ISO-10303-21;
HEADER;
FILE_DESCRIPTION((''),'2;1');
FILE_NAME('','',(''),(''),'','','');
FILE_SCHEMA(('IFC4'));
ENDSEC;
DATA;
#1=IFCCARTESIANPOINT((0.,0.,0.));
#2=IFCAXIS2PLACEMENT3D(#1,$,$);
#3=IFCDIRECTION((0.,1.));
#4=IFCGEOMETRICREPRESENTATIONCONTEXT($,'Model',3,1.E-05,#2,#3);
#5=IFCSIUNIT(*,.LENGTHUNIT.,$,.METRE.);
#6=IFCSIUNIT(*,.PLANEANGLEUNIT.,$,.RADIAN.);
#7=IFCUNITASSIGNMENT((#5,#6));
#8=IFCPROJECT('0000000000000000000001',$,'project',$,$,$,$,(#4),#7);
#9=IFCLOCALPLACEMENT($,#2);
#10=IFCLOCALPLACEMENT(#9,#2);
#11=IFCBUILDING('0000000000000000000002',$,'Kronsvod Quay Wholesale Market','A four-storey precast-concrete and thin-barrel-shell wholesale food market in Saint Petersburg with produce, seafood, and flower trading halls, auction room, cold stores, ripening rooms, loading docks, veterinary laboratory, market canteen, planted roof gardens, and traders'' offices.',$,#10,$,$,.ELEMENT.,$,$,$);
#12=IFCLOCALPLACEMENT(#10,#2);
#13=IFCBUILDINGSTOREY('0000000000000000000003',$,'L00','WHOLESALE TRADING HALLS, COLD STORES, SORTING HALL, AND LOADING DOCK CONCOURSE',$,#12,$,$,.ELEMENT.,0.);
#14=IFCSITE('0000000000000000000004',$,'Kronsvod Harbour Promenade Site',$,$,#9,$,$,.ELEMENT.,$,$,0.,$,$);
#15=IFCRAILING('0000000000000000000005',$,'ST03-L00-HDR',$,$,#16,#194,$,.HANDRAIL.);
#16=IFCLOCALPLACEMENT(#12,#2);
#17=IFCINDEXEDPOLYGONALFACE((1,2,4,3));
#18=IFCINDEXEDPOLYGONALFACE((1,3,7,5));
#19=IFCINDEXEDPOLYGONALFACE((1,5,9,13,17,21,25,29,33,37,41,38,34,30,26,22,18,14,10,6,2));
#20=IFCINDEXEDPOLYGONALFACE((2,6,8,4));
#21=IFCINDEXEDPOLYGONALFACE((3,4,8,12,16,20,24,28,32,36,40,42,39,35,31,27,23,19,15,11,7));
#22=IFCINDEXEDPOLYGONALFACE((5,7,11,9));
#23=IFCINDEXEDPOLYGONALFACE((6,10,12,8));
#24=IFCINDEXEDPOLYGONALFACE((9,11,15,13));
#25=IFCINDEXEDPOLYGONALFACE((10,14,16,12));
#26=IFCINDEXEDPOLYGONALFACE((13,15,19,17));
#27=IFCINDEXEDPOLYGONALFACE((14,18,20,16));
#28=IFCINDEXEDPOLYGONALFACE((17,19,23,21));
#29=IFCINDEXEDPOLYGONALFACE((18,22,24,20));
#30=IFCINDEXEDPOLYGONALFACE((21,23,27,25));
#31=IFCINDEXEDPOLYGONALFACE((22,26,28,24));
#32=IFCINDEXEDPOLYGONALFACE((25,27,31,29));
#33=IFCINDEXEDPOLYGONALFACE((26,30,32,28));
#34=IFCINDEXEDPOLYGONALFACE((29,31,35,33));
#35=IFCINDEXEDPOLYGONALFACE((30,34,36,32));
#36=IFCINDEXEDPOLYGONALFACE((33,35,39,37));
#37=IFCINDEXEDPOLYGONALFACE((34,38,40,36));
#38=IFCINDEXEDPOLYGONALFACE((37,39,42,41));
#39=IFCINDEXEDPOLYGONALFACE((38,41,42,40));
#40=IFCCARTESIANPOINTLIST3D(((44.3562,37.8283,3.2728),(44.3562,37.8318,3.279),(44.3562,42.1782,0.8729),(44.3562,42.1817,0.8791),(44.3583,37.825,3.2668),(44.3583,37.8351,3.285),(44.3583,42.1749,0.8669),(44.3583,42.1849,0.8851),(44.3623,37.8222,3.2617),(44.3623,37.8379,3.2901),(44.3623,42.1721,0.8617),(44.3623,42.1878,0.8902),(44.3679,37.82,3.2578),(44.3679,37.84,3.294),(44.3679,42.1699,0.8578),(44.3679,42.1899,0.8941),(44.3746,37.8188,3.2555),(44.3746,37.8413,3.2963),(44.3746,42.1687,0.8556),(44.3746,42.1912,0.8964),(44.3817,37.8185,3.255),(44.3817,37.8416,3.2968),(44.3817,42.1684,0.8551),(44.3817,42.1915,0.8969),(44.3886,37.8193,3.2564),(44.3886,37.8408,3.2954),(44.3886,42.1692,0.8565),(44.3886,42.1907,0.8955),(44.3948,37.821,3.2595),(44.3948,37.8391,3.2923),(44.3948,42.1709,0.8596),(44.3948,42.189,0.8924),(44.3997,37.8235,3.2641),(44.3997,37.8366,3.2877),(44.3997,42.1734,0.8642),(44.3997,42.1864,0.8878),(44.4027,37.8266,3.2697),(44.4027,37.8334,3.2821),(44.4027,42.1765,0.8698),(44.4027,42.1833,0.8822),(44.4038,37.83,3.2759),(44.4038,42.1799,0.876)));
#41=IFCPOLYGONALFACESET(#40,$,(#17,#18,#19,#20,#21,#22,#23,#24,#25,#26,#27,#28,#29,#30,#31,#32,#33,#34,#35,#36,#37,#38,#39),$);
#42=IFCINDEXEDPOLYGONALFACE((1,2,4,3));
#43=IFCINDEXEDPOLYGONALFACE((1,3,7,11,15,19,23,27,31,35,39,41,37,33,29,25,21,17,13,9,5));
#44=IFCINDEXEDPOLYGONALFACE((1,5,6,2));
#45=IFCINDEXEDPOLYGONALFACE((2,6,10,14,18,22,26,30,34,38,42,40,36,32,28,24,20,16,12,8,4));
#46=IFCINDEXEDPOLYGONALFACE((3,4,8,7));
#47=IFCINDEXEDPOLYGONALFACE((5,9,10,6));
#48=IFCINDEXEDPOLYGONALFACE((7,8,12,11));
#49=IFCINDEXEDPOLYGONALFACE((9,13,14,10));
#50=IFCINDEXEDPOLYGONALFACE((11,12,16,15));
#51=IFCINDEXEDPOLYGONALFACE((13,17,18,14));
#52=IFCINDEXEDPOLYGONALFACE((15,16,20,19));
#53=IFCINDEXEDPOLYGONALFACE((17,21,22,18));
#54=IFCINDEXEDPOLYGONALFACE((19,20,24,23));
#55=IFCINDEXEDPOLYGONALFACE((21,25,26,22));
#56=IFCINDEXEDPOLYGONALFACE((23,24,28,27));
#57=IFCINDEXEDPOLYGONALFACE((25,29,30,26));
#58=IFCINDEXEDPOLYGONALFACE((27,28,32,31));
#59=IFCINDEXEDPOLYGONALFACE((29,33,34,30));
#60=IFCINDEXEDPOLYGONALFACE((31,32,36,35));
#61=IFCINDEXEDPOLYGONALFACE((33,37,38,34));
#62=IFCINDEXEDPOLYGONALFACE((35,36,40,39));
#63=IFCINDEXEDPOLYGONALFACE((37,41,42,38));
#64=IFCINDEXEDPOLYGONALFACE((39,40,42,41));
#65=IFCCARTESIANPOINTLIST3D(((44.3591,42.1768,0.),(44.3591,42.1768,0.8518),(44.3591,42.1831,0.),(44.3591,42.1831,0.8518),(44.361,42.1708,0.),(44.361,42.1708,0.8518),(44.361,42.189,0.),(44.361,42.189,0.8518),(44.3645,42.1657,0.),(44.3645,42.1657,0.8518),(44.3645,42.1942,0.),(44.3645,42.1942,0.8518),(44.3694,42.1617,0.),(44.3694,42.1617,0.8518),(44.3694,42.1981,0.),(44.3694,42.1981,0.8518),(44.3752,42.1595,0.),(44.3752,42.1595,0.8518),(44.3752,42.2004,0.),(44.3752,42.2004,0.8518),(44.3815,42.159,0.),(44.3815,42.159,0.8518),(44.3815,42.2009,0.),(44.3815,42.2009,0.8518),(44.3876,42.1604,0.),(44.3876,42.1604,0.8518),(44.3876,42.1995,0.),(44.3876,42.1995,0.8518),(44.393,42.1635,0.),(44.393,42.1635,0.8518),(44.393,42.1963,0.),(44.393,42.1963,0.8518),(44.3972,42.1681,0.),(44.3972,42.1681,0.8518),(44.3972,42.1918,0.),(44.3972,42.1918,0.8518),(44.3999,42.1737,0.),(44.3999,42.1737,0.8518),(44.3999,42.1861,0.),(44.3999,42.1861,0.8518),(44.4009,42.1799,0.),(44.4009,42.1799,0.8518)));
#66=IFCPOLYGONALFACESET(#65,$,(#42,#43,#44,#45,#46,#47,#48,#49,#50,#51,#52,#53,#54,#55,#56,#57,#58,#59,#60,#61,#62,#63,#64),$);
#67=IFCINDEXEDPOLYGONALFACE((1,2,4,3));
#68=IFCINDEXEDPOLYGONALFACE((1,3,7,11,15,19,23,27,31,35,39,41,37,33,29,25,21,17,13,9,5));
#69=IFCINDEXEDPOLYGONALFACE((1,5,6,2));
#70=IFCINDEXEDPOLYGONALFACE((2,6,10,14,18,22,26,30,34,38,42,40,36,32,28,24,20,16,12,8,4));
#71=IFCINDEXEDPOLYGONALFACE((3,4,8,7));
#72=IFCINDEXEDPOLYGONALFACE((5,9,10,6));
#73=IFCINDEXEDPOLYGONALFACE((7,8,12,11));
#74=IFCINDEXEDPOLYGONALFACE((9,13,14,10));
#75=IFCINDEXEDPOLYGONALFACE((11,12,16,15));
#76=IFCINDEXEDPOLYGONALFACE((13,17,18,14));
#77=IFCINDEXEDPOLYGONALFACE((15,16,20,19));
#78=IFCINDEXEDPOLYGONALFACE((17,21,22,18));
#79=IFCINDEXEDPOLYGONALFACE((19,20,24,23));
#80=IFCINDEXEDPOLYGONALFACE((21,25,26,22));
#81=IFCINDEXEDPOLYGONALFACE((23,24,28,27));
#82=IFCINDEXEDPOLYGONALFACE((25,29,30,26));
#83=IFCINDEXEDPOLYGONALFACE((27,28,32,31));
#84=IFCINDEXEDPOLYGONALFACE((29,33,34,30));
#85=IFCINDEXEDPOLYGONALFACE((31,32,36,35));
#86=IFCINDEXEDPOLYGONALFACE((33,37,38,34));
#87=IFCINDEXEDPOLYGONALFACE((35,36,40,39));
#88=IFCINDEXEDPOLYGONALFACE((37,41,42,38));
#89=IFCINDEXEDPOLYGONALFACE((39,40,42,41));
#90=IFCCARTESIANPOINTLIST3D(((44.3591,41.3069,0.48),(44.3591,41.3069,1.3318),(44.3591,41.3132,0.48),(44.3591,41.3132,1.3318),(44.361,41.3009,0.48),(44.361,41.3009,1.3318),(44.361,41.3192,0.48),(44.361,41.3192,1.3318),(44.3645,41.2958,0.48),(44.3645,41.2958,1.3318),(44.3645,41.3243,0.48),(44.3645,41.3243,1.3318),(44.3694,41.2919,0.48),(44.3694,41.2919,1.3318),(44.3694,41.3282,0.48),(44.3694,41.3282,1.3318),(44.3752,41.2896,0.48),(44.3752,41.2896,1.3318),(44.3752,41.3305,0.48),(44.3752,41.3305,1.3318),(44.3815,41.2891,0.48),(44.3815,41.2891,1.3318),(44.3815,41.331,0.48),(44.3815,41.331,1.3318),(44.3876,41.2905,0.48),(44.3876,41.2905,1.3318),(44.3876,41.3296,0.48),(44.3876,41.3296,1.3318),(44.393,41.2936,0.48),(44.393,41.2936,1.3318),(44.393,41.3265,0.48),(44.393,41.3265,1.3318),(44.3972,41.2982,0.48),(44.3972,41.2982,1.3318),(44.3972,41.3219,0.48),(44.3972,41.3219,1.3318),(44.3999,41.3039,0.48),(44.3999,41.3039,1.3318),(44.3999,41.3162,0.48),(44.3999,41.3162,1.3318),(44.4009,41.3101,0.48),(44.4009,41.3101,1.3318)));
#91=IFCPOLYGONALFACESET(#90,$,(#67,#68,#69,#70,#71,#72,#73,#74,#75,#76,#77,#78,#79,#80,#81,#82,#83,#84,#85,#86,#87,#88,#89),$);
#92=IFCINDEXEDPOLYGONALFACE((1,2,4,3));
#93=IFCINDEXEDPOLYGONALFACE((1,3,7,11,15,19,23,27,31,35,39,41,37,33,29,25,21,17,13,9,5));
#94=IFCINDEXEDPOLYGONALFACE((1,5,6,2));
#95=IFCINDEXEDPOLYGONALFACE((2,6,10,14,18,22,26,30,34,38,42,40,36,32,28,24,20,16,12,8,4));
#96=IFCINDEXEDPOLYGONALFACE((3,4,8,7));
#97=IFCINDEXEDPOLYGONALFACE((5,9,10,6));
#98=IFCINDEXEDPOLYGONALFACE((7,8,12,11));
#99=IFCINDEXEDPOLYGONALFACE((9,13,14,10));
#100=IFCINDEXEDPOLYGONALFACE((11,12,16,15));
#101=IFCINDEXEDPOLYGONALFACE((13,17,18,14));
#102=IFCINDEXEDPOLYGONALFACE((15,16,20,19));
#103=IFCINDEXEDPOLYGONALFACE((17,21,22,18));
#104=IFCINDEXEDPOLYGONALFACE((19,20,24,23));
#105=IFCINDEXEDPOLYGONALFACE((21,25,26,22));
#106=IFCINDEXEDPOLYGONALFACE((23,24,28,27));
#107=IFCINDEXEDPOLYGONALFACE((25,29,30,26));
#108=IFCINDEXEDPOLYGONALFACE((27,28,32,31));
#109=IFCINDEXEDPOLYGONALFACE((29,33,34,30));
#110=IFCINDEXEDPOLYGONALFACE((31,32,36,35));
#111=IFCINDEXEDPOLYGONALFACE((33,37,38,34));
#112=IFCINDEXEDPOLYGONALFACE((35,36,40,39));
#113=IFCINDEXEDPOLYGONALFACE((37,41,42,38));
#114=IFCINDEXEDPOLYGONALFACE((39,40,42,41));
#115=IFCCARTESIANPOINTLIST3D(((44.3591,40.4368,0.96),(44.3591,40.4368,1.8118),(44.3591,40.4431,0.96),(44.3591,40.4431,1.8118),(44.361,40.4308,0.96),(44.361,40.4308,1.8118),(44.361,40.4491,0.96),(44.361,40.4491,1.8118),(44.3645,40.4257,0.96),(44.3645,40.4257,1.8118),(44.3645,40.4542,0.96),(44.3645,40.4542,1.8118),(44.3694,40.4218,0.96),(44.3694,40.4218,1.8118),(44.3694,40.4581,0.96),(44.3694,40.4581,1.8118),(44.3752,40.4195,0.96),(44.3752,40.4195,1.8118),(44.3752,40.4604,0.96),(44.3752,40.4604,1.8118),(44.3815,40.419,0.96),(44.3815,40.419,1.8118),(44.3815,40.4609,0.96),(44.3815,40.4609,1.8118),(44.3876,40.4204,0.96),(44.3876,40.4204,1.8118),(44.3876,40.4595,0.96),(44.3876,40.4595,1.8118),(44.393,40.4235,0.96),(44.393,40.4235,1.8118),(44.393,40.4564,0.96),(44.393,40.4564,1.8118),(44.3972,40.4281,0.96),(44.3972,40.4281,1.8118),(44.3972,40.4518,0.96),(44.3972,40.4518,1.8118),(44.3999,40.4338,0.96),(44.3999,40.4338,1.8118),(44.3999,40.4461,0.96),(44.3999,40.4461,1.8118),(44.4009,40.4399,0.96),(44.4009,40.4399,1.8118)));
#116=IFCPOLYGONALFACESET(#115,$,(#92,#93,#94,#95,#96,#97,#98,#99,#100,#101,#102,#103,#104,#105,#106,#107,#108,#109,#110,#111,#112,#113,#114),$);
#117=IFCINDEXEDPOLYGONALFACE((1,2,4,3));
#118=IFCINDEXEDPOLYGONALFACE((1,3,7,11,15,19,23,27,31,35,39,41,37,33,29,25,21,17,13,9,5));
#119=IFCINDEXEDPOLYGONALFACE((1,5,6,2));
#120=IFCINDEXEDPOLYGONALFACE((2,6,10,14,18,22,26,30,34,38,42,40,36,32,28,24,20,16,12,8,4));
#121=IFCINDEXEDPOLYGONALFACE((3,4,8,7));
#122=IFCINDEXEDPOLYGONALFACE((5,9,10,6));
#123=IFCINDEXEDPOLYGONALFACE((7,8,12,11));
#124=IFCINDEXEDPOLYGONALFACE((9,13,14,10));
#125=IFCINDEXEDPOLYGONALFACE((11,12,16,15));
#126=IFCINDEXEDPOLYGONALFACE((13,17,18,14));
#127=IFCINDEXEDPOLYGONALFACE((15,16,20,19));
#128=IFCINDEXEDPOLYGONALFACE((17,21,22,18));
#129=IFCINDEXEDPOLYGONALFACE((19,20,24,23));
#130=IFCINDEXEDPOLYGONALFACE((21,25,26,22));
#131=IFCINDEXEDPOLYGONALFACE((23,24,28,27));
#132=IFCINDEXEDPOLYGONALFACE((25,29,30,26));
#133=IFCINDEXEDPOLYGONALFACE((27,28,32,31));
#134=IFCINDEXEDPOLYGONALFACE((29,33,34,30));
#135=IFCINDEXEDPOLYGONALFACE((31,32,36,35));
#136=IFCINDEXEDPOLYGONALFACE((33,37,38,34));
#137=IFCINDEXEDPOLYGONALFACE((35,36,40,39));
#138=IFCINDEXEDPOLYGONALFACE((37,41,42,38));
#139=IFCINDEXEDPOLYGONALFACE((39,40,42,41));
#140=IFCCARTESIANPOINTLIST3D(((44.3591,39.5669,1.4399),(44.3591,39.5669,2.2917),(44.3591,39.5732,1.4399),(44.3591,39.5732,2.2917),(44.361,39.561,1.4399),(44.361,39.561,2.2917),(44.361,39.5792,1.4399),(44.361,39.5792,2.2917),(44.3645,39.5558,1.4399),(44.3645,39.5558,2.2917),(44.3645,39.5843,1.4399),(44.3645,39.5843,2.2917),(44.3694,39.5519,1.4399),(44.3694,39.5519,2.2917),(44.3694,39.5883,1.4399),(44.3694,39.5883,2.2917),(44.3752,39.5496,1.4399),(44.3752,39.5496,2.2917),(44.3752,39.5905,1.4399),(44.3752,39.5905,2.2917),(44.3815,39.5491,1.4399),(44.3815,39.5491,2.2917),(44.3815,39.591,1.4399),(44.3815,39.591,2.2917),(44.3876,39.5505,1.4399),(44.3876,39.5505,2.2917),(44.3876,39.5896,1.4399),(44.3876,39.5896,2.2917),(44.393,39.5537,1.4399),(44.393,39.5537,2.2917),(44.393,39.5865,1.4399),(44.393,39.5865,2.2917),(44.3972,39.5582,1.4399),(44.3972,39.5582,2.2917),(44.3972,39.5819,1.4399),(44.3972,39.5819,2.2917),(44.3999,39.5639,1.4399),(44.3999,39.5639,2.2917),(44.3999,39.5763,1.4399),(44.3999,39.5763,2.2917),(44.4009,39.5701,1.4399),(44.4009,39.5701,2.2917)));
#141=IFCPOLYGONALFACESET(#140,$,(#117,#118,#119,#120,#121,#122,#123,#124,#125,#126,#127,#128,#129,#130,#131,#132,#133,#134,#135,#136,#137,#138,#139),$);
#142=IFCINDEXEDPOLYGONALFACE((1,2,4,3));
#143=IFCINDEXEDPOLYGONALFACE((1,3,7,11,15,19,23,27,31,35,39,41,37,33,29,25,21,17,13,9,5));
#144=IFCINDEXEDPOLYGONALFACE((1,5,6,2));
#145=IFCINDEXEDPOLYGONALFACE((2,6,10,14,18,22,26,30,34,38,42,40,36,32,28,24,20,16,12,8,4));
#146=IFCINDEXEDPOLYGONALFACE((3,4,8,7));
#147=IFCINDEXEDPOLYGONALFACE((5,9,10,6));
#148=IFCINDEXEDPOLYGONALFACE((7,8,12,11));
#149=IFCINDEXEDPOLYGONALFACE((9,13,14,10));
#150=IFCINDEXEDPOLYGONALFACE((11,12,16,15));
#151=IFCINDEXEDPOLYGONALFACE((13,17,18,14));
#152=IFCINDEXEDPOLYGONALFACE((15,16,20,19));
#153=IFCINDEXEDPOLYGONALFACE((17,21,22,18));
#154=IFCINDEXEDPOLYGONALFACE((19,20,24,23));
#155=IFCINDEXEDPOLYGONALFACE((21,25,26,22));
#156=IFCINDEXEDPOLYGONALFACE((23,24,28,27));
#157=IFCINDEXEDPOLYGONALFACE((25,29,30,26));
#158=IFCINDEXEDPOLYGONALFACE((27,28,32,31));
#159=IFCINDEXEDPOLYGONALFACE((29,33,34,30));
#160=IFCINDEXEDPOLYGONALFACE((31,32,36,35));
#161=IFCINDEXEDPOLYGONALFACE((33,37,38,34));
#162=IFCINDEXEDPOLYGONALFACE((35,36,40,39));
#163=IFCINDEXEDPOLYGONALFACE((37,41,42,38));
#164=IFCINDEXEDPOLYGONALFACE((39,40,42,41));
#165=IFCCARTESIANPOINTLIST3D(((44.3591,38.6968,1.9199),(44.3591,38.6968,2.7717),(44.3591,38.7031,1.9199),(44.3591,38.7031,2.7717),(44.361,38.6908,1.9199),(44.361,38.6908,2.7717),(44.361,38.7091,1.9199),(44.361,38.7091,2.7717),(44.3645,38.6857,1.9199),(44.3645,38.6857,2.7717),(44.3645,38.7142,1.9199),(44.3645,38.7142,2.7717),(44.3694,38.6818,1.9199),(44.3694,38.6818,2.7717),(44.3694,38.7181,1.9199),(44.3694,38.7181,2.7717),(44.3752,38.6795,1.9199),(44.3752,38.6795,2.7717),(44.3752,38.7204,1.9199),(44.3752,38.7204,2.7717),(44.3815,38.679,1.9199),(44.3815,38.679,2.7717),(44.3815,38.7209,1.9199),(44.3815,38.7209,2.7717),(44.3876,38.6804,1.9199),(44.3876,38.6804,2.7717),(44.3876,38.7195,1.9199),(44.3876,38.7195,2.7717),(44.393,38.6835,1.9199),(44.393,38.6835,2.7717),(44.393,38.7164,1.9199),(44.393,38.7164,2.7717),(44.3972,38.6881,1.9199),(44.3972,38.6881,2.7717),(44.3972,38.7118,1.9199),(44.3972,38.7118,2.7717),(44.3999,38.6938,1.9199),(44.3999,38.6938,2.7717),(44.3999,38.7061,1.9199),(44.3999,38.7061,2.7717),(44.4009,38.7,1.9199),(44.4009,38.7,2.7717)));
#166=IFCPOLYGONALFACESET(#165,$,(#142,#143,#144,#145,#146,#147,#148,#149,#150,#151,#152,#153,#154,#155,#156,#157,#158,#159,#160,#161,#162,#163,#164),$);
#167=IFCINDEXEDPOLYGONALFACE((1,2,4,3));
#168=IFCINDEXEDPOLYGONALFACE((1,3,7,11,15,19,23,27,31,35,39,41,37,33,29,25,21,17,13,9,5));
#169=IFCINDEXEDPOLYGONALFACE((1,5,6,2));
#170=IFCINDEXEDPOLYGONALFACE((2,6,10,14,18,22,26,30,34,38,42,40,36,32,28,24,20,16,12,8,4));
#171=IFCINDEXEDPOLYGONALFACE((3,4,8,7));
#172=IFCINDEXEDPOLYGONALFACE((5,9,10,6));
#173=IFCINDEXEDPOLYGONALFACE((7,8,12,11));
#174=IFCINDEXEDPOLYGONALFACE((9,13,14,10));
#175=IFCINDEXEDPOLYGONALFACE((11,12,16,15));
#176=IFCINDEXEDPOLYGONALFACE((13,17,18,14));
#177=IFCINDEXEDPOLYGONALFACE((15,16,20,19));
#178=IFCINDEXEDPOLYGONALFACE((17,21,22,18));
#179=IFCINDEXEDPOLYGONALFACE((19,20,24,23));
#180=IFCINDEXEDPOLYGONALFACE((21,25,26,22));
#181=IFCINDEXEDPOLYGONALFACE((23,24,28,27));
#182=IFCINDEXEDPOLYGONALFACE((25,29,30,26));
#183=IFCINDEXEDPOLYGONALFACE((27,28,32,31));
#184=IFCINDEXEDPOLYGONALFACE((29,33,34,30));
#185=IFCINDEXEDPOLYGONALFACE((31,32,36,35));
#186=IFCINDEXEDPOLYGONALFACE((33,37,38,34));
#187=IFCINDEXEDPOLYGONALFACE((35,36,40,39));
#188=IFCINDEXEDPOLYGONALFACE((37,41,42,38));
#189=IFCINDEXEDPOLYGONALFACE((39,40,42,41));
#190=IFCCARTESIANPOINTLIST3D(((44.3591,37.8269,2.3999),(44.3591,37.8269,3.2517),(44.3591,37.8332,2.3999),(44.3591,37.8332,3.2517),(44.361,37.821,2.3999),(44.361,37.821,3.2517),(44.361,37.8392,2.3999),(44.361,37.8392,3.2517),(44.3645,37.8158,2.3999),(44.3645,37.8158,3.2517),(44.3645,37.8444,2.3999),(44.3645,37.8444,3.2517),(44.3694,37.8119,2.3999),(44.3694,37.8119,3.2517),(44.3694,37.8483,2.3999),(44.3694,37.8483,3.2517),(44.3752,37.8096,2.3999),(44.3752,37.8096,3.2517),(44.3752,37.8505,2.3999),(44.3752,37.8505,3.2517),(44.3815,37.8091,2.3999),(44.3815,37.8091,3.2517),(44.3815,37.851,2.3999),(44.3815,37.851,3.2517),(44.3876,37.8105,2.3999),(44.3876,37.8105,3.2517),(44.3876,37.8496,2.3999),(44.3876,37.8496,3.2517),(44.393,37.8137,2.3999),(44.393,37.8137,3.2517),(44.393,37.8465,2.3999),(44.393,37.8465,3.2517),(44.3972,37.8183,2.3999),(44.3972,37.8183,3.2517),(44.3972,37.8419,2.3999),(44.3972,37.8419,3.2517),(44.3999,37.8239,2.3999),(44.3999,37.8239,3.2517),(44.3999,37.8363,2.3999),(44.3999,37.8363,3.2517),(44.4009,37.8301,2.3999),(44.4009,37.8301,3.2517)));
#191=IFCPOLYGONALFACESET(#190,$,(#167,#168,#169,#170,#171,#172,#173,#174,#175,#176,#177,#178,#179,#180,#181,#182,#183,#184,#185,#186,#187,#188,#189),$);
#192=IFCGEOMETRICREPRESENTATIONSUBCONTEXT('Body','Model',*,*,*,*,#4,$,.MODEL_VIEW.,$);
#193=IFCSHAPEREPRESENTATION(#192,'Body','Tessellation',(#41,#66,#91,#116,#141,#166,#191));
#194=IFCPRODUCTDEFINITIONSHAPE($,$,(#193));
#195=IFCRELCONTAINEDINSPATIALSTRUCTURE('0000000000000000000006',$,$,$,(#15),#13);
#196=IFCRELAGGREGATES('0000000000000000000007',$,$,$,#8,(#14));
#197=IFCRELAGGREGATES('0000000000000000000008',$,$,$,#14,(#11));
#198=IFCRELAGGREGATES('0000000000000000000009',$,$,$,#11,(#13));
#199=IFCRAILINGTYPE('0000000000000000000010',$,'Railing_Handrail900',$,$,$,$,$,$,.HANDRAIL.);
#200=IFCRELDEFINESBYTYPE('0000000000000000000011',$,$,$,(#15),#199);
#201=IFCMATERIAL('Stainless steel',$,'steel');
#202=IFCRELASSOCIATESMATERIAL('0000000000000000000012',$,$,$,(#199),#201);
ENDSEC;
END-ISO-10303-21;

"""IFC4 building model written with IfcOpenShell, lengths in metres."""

from ifc_helpers import new_model, si_unit, direction, frame, origin, origin_2d, place, context, subcontext, project, spatial, circle, extrude, material, type_object, element, save


model = new_model("IFC4")

# Units and contexts
model_context = context("Model", 3, precision=1e-05, world=origin(), true_north=direction((0.0, 1.0)))
body_context = subcontext(model_context, "Body", "Model", "MODEL_VIEW")
ifc_project = project(units=[si_unit("LENGTHUNIT", "METRE"), si_unit("PLANEANGLEUNIT", "RADIAN")], contexts=[model_context])

# Site, building, storey
site_placement = place(None, origin())
site = spatial("IfcSite", under=ifc_project, at=site_placement, Name="Kronsvod Harbour Promenade Site", CompositionType="ELEMENT", RefElevation=0.0)
building_placement = place(site_placement, origin())
building = spatial("IfcBuilding", under=site, at=building_placement, Name="Kronsvod Quay Wholesale Market", Description="A four-storey precast-concrete and thin-barrel-shell wholesale food market in Saint Petersburg with produce, seafood, and flower trading halls, auction room, cold stores, ripening rooms, loading docks, veterinary laboratory, market canteen, planted roof gardens, and traders' offices.", CompositionType="ELEMENT")
storey_placement = place(building_placement, origin())
storey = spatial("IfcBuildingStorey", under=building, at=storey_placement, Name="L00", Description="WHOLESALE TRADING HALLS, COLD STORES, SORTING HALL, AND LOADING DOCK CONCOURSE", CompositionType="ELEMENT", Elevation=0.0)

# Railing
ifc_material_1 = material(Name="Stainless steel", Category="steel")
railing_type_1 = type_object("IfcRailingType", Name="Railing_Handrail900", PredefinedType="HANDRAIL", material=ifc_material_1)
railing_1_placement = place(storey_placement, frame((44.3799, 42.1799, 0.0)))
element("IfcRailing", 1, at=railing_1_placement, inside=storey, type_object=railing_type_1, Name="ST03-L00-HDR", PredefinedType="HANDRAIL", context=body_context, shape_type="SweptSolid", body=[
    extrude(circle(Radius=0.0239, at=origin_2d()), frame((0.0, 0.0, 0.876), z_axis=(0.0, -0.875579, 0.483075), x_axis=(1.0, 0.0, 0.0)), (0.0, 0.0, 1.0), 4.968),
    extrude(circle(Radius=0.021, at=origin_2d()), origin(), (0.0, 0.0, 1.0), 0.8518),
    extrude(circle(Radius=0.021, at=origin_2d()), frame((0.0, -0.8699, 0.48)), (0.0, 0.0, 1.0), 0.8518),
    extrude(circle(Radius=0.021, at=origin_2d()), frame((0.0, -1.74, 0.96)), (0.0, 0.0, 1.0), 0.8518),
    extrude(circle(Radius=0.021, at=origin_2d()), frame((0.0, -2.6099, 1.4399)), (0.0, 0.0, 1.0), 0.8518),
    extrude(circle(Radius=0.021, at=origin_2d()), frame((0.0, -3.48, 1.9199)), (0.0, 0.0, 1.0), 0.8518),
    extrude(circle(Radius=0.021, at=origin_2d()), frame((0.0, -4.3499, 2.3999)), (0.0, 0.0, 1.0), 0.8518),
])

save(model, "model.ifc")
